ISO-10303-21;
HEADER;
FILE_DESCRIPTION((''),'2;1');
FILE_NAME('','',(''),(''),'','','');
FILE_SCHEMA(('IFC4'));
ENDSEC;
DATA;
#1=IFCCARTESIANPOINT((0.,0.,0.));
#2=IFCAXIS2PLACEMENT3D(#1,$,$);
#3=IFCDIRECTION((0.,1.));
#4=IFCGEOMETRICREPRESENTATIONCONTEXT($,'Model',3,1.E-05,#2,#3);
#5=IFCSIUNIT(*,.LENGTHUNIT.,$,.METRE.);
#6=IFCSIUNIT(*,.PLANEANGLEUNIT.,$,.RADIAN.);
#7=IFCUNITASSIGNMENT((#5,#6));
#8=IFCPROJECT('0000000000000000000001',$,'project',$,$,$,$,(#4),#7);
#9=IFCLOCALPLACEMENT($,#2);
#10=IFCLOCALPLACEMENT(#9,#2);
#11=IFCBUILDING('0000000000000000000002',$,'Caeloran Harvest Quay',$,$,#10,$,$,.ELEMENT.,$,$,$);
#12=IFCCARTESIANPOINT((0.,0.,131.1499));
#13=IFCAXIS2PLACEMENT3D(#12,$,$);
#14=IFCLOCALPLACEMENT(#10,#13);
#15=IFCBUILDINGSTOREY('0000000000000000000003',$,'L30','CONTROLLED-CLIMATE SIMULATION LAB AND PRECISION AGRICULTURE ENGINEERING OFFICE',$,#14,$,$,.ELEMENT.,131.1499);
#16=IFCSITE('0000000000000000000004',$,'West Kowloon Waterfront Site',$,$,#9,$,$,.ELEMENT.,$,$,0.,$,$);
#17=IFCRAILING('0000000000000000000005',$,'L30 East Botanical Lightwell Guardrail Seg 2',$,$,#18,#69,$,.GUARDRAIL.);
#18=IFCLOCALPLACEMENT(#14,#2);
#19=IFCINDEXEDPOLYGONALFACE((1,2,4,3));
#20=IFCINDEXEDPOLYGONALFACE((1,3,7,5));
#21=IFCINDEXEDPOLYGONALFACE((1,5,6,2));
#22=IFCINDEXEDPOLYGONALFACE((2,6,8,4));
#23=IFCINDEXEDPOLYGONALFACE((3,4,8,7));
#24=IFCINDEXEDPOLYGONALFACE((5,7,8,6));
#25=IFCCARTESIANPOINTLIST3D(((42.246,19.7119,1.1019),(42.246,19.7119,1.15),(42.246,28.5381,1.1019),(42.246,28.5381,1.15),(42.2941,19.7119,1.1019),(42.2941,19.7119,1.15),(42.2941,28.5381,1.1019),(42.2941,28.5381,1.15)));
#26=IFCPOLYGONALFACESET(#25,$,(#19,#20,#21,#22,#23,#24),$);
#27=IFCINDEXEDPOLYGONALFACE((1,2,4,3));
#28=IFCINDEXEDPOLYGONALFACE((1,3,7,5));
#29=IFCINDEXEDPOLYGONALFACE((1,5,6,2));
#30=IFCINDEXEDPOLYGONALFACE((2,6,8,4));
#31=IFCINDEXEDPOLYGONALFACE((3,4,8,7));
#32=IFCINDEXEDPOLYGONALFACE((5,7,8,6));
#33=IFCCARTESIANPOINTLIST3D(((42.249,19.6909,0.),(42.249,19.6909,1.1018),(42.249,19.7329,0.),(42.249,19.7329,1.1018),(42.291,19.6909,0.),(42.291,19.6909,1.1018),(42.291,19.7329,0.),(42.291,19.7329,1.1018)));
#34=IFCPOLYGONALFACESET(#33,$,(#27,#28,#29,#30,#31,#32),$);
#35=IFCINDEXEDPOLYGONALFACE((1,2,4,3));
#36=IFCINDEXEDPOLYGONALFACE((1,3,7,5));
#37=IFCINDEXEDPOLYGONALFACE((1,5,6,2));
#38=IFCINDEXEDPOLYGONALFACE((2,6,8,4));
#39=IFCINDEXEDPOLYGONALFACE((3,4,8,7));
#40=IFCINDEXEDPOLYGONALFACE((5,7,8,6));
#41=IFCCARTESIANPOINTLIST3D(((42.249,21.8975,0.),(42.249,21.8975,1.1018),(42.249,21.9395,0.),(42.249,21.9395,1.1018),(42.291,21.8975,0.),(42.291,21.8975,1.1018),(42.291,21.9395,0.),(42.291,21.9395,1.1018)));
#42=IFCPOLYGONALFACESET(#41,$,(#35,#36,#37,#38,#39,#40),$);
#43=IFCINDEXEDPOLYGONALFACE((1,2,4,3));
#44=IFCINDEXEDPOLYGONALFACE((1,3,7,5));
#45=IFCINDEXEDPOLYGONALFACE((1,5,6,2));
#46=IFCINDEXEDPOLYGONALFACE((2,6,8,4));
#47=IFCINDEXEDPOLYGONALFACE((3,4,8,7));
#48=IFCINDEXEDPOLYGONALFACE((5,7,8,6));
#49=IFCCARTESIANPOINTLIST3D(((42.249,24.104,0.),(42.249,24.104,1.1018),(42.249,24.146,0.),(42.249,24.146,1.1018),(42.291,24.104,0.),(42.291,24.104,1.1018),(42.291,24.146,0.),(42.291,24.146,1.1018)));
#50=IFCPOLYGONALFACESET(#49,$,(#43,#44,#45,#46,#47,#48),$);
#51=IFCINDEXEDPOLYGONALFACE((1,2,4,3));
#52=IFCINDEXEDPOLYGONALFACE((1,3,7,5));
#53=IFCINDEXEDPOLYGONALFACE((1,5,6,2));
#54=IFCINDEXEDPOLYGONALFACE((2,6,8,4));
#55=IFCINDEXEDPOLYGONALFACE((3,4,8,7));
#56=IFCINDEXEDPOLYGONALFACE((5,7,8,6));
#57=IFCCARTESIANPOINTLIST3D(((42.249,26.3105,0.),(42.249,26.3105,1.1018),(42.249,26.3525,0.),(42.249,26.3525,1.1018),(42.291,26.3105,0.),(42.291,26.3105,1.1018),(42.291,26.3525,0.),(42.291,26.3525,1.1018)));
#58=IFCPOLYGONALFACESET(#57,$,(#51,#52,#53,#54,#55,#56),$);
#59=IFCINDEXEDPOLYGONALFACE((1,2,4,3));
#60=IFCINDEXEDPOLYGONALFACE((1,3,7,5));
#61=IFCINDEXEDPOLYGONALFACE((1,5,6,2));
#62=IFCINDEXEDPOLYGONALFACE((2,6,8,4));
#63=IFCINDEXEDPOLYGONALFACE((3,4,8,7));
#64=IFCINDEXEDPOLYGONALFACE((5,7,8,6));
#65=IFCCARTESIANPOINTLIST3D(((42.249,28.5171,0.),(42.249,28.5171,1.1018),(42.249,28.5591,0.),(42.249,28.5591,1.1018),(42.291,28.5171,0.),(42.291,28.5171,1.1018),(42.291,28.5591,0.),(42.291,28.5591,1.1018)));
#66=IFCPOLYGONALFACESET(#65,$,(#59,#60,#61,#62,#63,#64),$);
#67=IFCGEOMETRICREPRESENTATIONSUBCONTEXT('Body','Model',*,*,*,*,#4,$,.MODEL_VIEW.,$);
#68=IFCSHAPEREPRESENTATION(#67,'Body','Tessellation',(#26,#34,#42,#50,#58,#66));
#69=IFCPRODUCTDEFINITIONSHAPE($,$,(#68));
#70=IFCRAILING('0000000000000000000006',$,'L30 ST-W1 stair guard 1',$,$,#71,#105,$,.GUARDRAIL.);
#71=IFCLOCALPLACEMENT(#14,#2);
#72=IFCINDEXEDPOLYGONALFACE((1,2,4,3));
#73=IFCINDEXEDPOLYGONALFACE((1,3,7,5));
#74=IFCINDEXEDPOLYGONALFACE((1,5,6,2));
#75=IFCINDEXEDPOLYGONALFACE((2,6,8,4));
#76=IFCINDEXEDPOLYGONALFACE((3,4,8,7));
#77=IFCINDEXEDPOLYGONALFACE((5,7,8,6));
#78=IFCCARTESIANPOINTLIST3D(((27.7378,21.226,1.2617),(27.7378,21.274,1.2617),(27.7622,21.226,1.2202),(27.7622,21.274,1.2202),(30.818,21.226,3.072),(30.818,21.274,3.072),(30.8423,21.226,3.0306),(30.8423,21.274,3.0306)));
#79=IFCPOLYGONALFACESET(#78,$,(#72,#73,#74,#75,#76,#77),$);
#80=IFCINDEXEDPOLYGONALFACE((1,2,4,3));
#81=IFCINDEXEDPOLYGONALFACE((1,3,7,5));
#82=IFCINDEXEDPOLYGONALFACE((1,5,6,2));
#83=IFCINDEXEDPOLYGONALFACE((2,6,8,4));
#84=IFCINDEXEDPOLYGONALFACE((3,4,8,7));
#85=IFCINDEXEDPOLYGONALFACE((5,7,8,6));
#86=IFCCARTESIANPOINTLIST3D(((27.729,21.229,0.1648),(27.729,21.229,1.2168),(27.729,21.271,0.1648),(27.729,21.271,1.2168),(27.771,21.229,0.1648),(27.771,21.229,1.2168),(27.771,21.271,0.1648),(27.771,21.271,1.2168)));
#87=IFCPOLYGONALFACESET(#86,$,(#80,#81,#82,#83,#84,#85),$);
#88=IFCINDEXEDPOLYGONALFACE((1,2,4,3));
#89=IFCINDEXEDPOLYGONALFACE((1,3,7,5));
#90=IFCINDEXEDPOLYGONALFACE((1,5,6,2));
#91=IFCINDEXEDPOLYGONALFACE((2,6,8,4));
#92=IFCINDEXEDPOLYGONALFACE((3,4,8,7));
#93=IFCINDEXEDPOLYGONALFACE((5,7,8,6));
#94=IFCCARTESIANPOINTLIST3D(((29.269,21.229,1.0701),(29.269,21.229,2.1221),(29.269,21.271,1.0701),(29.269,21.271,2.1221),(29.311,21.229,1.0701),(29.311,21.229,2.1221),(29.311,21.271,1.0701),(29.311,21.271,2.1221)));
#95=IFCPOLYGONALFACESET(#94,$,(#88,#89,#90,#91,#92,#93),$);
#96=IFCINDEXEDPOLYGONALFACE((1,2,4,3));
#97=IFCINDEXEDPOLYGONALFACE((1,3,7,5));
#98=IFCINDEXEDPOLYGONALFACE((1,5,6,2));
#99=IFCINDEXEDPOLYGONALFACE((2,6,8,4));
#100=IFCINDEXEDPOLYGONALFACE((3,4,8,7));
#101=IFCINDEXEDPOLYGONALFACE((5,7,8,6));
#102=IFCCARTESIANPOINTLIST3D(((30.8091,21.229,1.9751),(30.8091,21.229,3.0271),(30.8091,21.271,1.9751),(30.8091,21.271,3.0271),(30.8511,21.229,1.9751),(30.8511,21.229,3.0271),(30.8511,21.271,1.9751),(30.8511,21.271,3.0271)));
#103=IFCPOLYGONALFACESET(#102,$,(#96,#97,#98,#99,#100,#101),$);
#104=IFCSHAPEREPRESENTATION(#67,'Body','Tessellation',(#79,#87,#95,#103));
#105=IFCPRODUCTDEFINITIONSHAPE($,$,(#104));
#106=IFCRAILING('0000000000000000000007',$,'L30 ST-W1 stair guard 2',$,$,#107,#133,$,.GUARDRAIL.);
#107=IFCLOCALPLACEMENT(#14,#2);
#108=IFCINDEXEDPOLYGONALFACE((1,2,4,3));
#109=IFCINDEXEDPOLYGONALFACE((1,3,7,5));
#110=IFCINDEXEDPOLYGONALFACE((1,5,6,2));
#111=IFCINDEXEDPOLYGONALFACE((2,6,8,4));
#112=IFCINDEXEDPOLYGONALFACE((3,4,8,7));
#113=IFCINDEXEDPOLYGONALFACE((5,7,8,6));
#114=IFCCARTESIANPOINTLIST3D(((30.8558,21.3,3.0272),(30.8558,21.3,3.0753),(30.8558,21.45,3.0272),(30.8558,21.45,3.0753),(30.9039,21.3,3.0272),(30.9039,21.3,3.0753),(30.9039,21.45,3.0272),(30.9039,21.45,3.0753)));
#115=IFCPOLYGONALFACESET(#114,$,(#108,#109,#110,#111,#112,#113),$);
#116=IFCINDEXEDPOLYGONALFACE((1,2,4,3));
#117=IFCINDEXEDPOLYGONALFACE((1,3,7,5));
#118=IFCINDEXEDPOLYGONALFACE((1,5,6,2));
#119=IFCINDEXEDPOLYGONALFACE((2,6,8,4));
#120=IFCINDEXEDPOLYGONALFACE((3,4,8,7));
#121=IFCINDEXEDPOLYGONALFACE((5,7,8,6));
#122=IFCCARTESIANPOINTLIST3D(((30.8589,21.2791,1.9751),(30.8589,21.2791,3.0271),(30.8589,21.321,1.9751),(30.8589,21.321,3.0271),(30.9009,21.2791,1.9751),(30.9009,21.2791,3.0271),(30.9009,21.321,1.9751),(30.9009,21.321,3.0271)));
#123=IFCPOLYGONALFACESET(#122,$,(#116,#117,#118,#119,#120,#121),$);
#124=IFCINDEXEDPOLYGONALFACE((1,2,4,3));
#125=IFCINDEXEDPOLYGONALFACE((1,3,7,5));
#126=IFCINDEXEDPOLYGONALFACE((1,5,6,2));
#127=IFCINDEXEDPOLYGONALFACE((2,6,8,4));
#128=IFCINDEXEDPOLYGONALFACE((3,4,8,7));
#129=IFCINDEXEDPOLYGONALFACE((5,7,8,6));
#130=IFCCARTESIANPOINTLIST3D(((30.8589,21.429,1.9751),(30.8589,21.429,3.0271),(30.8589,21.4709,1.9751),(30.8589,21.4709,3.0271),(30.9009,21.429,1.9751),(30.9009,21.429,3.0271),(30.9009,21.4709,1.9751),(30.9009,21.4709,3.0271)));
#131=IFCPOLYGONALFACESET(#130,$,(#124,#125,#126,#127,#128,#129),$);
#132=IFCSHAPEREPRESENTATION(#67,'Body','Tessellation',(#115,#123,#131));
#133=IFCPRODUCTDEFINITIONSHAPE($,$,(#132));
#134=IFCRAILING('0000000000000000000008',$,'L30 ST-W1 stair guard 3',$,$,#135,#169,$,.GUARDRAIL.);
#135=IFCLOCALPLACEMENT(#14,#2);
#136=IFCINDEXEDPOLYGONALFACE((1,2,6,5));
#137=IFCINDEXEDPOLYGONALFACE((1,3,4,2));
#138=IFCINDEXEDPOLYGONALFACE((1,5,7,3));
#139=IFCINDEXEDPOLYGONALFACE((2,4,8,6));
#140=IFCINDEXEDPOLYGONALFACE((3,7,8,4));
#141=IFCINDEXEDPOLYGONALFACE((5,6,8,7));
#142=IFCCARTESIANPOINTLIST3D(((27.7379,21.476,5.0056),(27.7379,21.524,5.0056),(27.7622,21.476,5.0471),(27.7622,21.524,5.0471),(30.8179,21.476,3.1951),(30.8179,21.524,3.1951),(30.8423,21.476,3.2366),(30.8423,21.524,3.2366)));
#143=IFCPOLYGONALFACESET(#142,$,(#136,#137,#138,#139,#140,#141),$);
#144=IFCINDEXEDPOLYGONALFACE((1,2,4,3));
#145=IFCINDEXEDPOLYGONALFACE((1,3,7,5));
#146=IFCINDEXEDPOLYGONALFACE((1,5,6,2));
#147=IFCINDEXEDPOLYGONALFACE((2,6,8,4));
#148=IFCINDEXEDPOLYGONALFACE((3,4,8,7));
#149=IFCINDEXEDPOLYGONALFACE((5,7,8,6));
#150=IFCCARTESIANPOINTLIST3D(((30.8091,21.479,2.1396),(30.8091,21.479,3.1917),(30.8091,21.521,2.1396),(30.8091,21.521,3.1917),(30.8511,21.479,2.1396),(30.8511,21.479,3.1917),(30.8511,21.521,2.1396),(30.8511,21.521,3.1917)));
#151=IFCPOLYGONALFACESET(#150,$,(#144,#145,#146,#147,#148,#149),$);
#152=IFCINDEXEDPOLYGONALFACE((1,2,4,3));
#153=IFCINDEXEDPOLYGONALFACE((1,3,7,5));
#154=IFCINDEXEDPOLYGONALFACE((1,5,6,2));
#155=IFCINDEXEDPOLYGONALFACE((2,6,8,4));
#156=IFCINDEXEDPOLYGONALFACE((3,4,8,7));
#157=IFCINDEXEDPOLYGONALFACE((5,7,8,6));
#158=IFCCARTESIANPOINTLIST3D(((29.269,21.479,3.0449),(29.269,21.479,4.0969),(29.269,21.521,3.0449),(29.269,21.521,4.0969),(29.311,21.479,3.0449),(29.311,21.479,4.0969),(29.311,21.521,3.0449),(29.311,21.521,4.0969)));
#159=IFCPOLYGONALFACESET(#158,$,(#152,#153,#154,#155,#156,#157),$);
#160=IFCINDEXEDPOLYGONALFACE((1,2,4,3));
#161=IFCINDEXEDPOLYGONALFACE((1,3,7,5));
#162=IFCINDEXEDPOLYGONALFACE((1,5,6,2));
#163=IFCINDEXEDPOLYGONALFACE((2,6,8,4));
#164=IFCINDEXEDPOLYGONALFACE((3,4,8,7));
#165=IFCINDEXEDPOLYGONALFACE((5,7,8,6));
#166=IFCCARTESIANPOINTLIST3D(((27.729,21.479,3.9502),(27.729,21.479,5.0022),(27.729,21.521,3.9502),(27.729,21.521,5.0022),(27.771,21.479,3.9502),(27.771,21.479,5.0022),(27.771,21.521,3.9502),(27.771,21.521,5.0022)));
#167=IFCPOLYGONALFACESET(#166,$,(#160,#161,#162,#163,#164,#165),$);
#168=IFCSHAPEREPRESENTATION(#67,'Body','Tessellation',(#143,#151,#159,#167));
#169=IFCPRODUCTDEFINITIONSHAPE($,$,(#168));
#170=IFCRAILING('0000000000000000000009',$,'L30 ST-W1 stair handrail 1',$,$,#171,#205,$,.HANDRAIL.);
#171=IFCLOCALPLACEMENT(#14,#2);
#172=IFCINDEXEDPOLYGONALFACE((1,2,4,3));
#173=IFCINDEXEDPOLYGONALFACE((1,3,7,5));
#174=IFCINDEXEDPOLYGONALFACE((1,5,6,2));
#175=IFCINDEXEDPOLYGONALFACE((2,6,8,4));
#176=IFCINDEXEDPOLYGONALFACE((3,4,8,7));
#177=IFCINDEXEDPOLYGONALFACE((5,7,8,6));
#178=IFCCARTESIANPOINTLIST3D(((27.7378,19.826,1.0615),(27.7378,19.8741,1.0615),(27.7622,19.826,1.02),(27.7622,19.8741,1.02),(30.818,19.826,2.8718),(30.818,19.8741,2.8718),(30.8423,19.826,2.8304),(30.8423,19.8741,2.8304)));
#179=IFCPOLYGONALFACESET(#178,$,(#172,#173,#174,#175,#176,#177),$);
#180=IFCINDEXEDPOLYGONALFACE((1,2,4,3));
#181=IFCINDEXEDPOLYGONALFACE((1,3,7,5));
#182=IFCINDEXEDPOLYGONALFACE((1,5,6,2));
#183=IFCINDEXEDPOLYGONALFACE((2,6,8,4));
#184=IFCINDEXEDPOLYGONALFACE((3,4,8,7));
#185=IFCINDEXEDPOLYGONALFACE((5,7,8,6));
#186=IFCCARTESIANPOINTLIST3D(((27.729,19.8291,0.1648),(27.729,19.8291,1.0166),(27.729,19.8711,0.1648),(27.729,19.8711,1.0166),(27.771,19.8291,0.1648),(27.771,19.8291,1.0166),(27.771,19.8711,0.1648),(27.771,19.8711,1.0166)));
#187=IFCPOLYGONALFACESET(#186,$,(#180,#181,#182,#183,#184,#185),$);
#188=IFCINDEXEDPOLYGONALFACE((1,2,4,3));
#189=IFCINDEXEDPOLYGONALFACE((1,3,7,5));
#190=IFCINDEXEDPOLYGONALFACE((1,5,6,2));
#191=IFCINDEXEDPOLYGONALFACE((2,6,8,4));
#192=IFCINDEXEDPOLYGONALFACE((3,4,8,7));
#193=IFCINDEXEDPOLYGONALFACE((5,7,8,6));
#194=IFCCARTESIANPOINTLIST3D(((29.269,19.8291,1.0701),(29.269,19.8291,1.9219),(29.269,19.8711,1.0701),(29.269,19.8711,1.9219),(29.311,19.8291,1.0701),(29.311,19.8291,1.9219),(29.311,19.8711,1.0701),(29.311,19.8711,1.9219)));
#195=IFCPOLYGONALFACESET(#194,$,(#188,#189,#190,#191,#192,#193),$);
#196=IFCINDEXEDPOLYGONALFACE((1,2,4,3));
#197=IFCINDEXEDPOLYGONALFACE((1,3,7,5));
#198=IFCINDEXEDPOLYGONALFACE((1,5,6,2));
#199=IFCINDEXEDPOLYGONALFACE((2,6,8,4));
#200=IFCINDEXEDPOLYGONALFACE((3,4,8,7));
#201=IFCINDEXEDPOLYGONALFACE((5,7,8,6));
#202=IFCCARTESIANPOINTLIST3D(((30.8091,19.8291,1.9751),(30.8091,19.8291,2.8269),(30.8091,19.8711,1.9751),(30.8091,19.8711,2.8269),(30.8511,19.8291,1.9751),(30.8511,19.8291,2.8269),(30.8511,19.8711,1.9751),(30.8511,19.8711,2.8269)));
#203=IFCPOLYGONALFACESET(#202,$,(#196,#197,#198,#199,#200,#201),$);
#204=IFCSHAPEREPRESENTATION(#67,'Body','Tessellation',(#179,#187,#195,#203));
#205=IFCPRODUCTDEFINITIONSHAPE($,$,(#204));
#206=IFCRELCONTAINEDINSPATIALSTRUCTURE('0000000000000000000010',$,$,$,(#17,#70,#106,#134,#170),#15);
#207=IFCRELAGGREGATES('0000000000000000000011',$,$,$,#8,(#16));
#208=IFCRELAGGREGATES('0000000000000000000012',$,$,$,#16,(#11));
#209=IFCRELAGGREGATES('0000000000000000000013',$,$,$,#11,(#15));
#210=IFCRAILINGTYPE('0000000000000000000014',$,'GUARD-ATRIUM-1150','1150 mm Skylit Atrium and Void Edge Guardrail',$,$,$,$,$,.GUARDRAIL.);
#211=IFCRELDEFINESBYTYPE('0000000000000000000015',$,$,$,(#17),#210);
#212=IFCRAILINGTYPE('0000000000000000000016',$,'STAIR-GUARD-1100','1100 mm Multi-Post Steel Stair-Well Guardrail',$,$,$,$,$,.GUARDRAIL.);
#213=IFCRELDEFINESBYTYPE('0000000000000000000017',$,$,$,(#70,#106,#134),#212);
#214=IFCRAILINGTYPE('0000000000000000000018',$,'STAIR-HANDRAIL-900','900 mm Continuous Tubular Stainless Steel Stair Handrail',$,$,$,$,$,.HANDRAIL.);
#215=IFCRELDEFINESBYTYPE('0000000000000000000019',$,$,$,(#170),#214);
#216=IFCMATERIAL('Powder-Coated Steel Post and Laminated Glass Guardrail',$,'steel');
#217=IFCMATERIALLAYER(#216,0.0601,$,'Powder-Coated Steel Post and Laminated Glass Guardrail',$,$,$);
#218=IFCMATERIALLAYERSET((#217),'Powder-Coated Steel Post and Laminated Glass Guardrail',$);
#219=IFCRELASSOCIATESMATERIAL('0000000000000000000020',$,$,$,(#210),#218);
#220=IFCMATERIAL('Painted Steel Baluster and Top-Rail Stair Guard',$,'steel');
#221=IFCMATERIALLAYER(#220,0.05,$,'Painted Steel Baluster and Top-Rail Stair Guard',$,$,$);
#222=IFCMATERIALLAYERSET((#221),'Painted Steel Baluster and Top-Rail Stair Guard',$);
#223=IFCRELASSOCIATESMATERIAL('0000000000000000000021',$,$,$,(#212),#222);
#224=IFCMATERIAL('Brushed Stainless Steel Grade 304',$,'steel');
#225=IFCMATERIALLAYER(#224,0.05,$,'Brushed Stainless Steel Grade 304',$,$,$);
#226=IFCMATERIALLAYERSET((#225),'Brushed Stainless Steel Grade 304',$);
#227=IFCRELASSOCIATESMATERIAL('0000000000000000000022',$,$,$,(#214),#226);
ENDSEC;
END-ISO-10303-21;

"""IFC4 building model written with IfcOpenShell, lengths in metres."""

from ifc_helpers import new_model, si_unit, direction, frame, origin, origin_2d, place, context, subcontext, project, spatial, rectangle, extrude, material, layer, layer_set, type_object, element, save


model = new_model("IFC4")

# Units and contexts
model_context = context("Model", 3, precision=1e-05, world=origin(), true_north=direction((0.0, 1.0)))
body_context = subcontext(model_context, "Body", "Model", "MODEL_VIEW")
ifc_project = project(units=[si_unit("LENGTHUNIT", "METRE"), si_unit("PLANEANGLEUNIT", "RADIAN")], contexts=[model_context])

# Site, building, storey
site_placement = place(None, origin())
site = spatial("IfcSite", under=ifc_project, at=site_placement, Name="West Kowloon Waterfront Site", CompositionType="ELEMENT", RefElevation=0.0)
building_placement = place(site_placement, origin())
building = spatial("IfcBuilding", under=site, at=building_placement, Name="Caeloran Harvest Quay", CompositionType="ELEMENT")
storey_placement = place(building_placement, frame((0.0, 0.0, 131.1499)))
storey = spatial("IfcBuildingStorey", under=building, at=storey_placement, Name="L30", Description="CONTROLLED-CLIMATE SIMULATION LAB AND PRECISION AGRICULTURE ENGINEERING OFFICE", CompositionType="ELEMENT", Elevation=131.1499)

# Railings
ifc_material_1 = material(Name="Powder-Coated Steel Post and Laminated Glass Guardrail", Category="steel")
ifc_layer_1 = layer(ifc_material_1, 0.0601, Name="Powder-Coated Steel Post and Laminated Glass Guardrail")
ifc_layer_set_1 = layer_set([ifc_layer_1], Name="Powder-Coated Steel Post and Laminated Glass Guardrail")
railing_type_1 = type_object("IfcRailingType", Name="GUARD-ATRIUM-1150", Description="1150 mm Skylit Atrium and Void Edge Guardrail", PredefinedType="GUARDRAIL", material=ifc_layer_set_1)
railing_1_placement = place(storey_placement, frame((42.27, 19.7119, 0.0)))
element("IfcRailing", 1, at=railing_1_placement, inside=storey, type_object=railing_type_1, Name="L30 East Botanical Lightwell Guardrail Seg 2", PredefinedType="GUARDRAIL", context=body_context, shape_type="SweptSolid", body=[
    extrude(rectangle(XDim=0.0481, YDim=0.0481, at=origin_2d()), frame((0.0, 0.0, 1.126), z_axis=(0.0, 1.0, 0.0), x_axis=(-1.0, 0.0, 0.0)), (0.0, 0.0, 1.0), 8.8262),
    extrude(rectangle(XDim=0.042, YDim=0.042, at=origin_2d()), origin(), (0.0, 0.0, 1.0), 1.1018),
    extrude(rectangle(XDim=0.042, YDim=0.042, at=origin_2d()), frame((0.0, 2.2065, 0.0)), (0.0, 0.0, 1.0), 1.1018),
    extrude(rectangle(XDim=0.042, YDim=0.042, at=origin_2d()), frame((0.0, 4.4131, 0.0)), (0.0, 0.0, 1.0), 1.1018),
    extrude(rectangle(XDim=0.042, YDim=0.042, at=origin_2d()), frame((0.0, 6.6196, 0.0)), (0.0, 0.0, 1.0), 1.1018),
    extrude(rectangle(XDim=0.042, YDim=0.042, at=origin_2d()), frame((0.0, 8.8262, 0.0)), (0.0, 0.0, 1.0), 1.1018),
])
ifc_material_2 = material(Name="Painted Steel Baluster and Top-Rail Stair Guard", Category="steel")
ifc_layer_2 = layer(ifc_material_2, 0.05, Name="Painted Steel Baluster and Top-Rail Stair Guard")
ifc_layer_set_2 = layer_set([ifc_layer_2], Name="Painted Steel Baluster and Top-Rail Stair Guard")
railing_type_2 = type_object("IfcRailingType", Name="STAIR-GUARD-1100", Description="1100 mm Multi-Post Steel Stair-Well Guardrail", PredefinedType="GUARDRAIL", material=ifc_layer_set_2)
railing_2_placement = place(storey_placement, frame((27.75, 21.25, 0.1648)))
element("IfcRailing", 2, at=railing_2_placement, inside=storey, type_object=railing_type_2, Name="L30 ST-W1 stair guard 1", PredefinedType="GUARDRAIL", context=body_context, shape_type="SweptSolid", body=[
    extrude(rectangle(XDim=0.0481, YDim=0.0481, at=origin_2d()), frame((0.0, 0.0, 1.0762), z_axis=(0.862119, 0.0, 0.506707), x_axis=(0.0, 1.0, 0.0)), (0.0, 0.0, 1.0), 3.5728),
    extrude(rectangle(XDim=0.042, YDim=0.042, at=origin_2d()), origin(), (0.0, 0.0, 1.0), 1.052),
    extrude(rectangle(XDim=0.042, YDim=0.042, at=origin_2d()), frame((1.54, 0.0, 0.9053)), (0.0, 0.0, 1.0), 1.052),
    extrude(rectangle(XDim=0.042, YDim=0.042, at=origin_2d()), frame((3.0801, 0.0, 1.8103)), (0.0, 0.0, 1.0), 1.052),
])
railing_3_placement = place(storey_placement, frame((30.8799, 21.3, 1.9751)))
element("IfcRailing", 3, at=railing_3_placement, inside=storey, type_object=railing_type_2, Name="L30 ST-W1 stair guard 2", PredefinedType="GUARDRAIL", context=body_context, shape_type="SweptSolid", body=[
    extrude(rectangle(XDim=0.0481, YDim=0.0481, at=origin_2d()), frame((0.0, 0.0, 1.0762), z_axis=(0.0, 1.0, 0.0), x_axis=(-1.0, 0.0, 0.0)), (0.0, 0.0, 1.0), 0.1499),
    extrude(rectangle(XDim=0.042, YDim=0.042, at=origin_2d()), origin(), (0.0, 0.0, 1.0), 1.052),
    extrude(rectangle(XDim=0.042, YDim=0.042, at=origin_2d()), frame((0.0, 0.1499, 0.0)), (0.0, 0.0, 1.0), 1.052),
])
railing_4_placement = place(storey_placement, frame((30.8301, 21.5, 2.1396)))
element("IfcRailing", 4, at=railing_4_placement, inside=storey, type_object=railing_type_2, Name="L30 ST-W1 stair guard 3", PredefinedType="GUARDRAIL", context=body_context, shape_type="SweptSolid", body=[
    extrude(rectangle(XDim=0.0481, YDim=0.0481, at=origin_2d()), frame((0.0, 0.0, 1.0762), z_axis=(-0.862089, 0.0, 0.506757), x_axis=(0.0, -1.0, 0.0)), (0.0, 0.0, 1.0), 3.5728),
    extrude(rectangle(XDim=0.042, YDim=0.042, at=origin_2d()), origin(), (0.0, 0.0, 1.0), 1.052),
    extrude(rectangle(XDim=0.042, YDim=0.042, at=origin_2d()), frame((-1.54, 0.0, 0.9053)), (0.0, 0.0, 1.0), 1.052),
    extrude(rectangle(XDim=0.042, YDim=0.042, at=origin_2d()), frame((-3.0801, 0.0, 1.8105)), (0.0, 0.0, 1.0), 1.052),
])
ifc_material_3 = material(Name="Brushed Stainless Steel Grade 304", Category="steel")
ifc_layer_3 = layer(ifc_material_3, 0.05, Name="Brushed Stainless Steel Grade 304")
ifc_layer_set_3 = layer_set([ifc_layer_3], Name="Brushed Stainless Steel Grade 304")
railing_type_3 = type_object("IfcRailingType", Name="STAIR-HANDRAIL-900", Description="900 mm Continuous Tubular Stainless Steel Stair Handrail", PredefinedType="HANDRAIL", material=ifc_layer_set_3)
railing_5_placement = place(storey_placement, frame((27.75, 19.8501, 0.1648)))
element("IfcRailing", 5, at=railing_5_placement, inside=storey, type_object=railing_type_3, Name="L30 ST-W1 stair handrail 1", PredefinedType="HANDRAIL", context=body_context, shape_type="SweptSolid", body=[
    extrude(rectangle(XDim=0.0481, YDim=0.0481, at=origin_2d()), frame((0.0, 0.0, 0.876), z_axis=(0.862119, 0.0, 0.506707), x_axis=(0.0, 1.0, 0.0)), (0.0, 0.0, 1.0), 3.5728),
    extrude(rectangle(XDim=0.042, YDim=0.042, at=origin_2d()), origin(), (0.0, 0.0, 1.0), 0.8518),
    extrude(rectangle(XDim=0.042, YDim=0.042, at=origin_2d()), frame((1.54, 0.0, 0.9053)), (0.0, 0.0, 1.0), 0.8518),
    extrude(rectangle(XDim=0.042, YDim=0.042, at=origin_2d()), frame((3.0801, 0.0, 1.8103)), (0.0, 0.0, 1.0), 0.8518),
])

save(model, "model.ifc")
